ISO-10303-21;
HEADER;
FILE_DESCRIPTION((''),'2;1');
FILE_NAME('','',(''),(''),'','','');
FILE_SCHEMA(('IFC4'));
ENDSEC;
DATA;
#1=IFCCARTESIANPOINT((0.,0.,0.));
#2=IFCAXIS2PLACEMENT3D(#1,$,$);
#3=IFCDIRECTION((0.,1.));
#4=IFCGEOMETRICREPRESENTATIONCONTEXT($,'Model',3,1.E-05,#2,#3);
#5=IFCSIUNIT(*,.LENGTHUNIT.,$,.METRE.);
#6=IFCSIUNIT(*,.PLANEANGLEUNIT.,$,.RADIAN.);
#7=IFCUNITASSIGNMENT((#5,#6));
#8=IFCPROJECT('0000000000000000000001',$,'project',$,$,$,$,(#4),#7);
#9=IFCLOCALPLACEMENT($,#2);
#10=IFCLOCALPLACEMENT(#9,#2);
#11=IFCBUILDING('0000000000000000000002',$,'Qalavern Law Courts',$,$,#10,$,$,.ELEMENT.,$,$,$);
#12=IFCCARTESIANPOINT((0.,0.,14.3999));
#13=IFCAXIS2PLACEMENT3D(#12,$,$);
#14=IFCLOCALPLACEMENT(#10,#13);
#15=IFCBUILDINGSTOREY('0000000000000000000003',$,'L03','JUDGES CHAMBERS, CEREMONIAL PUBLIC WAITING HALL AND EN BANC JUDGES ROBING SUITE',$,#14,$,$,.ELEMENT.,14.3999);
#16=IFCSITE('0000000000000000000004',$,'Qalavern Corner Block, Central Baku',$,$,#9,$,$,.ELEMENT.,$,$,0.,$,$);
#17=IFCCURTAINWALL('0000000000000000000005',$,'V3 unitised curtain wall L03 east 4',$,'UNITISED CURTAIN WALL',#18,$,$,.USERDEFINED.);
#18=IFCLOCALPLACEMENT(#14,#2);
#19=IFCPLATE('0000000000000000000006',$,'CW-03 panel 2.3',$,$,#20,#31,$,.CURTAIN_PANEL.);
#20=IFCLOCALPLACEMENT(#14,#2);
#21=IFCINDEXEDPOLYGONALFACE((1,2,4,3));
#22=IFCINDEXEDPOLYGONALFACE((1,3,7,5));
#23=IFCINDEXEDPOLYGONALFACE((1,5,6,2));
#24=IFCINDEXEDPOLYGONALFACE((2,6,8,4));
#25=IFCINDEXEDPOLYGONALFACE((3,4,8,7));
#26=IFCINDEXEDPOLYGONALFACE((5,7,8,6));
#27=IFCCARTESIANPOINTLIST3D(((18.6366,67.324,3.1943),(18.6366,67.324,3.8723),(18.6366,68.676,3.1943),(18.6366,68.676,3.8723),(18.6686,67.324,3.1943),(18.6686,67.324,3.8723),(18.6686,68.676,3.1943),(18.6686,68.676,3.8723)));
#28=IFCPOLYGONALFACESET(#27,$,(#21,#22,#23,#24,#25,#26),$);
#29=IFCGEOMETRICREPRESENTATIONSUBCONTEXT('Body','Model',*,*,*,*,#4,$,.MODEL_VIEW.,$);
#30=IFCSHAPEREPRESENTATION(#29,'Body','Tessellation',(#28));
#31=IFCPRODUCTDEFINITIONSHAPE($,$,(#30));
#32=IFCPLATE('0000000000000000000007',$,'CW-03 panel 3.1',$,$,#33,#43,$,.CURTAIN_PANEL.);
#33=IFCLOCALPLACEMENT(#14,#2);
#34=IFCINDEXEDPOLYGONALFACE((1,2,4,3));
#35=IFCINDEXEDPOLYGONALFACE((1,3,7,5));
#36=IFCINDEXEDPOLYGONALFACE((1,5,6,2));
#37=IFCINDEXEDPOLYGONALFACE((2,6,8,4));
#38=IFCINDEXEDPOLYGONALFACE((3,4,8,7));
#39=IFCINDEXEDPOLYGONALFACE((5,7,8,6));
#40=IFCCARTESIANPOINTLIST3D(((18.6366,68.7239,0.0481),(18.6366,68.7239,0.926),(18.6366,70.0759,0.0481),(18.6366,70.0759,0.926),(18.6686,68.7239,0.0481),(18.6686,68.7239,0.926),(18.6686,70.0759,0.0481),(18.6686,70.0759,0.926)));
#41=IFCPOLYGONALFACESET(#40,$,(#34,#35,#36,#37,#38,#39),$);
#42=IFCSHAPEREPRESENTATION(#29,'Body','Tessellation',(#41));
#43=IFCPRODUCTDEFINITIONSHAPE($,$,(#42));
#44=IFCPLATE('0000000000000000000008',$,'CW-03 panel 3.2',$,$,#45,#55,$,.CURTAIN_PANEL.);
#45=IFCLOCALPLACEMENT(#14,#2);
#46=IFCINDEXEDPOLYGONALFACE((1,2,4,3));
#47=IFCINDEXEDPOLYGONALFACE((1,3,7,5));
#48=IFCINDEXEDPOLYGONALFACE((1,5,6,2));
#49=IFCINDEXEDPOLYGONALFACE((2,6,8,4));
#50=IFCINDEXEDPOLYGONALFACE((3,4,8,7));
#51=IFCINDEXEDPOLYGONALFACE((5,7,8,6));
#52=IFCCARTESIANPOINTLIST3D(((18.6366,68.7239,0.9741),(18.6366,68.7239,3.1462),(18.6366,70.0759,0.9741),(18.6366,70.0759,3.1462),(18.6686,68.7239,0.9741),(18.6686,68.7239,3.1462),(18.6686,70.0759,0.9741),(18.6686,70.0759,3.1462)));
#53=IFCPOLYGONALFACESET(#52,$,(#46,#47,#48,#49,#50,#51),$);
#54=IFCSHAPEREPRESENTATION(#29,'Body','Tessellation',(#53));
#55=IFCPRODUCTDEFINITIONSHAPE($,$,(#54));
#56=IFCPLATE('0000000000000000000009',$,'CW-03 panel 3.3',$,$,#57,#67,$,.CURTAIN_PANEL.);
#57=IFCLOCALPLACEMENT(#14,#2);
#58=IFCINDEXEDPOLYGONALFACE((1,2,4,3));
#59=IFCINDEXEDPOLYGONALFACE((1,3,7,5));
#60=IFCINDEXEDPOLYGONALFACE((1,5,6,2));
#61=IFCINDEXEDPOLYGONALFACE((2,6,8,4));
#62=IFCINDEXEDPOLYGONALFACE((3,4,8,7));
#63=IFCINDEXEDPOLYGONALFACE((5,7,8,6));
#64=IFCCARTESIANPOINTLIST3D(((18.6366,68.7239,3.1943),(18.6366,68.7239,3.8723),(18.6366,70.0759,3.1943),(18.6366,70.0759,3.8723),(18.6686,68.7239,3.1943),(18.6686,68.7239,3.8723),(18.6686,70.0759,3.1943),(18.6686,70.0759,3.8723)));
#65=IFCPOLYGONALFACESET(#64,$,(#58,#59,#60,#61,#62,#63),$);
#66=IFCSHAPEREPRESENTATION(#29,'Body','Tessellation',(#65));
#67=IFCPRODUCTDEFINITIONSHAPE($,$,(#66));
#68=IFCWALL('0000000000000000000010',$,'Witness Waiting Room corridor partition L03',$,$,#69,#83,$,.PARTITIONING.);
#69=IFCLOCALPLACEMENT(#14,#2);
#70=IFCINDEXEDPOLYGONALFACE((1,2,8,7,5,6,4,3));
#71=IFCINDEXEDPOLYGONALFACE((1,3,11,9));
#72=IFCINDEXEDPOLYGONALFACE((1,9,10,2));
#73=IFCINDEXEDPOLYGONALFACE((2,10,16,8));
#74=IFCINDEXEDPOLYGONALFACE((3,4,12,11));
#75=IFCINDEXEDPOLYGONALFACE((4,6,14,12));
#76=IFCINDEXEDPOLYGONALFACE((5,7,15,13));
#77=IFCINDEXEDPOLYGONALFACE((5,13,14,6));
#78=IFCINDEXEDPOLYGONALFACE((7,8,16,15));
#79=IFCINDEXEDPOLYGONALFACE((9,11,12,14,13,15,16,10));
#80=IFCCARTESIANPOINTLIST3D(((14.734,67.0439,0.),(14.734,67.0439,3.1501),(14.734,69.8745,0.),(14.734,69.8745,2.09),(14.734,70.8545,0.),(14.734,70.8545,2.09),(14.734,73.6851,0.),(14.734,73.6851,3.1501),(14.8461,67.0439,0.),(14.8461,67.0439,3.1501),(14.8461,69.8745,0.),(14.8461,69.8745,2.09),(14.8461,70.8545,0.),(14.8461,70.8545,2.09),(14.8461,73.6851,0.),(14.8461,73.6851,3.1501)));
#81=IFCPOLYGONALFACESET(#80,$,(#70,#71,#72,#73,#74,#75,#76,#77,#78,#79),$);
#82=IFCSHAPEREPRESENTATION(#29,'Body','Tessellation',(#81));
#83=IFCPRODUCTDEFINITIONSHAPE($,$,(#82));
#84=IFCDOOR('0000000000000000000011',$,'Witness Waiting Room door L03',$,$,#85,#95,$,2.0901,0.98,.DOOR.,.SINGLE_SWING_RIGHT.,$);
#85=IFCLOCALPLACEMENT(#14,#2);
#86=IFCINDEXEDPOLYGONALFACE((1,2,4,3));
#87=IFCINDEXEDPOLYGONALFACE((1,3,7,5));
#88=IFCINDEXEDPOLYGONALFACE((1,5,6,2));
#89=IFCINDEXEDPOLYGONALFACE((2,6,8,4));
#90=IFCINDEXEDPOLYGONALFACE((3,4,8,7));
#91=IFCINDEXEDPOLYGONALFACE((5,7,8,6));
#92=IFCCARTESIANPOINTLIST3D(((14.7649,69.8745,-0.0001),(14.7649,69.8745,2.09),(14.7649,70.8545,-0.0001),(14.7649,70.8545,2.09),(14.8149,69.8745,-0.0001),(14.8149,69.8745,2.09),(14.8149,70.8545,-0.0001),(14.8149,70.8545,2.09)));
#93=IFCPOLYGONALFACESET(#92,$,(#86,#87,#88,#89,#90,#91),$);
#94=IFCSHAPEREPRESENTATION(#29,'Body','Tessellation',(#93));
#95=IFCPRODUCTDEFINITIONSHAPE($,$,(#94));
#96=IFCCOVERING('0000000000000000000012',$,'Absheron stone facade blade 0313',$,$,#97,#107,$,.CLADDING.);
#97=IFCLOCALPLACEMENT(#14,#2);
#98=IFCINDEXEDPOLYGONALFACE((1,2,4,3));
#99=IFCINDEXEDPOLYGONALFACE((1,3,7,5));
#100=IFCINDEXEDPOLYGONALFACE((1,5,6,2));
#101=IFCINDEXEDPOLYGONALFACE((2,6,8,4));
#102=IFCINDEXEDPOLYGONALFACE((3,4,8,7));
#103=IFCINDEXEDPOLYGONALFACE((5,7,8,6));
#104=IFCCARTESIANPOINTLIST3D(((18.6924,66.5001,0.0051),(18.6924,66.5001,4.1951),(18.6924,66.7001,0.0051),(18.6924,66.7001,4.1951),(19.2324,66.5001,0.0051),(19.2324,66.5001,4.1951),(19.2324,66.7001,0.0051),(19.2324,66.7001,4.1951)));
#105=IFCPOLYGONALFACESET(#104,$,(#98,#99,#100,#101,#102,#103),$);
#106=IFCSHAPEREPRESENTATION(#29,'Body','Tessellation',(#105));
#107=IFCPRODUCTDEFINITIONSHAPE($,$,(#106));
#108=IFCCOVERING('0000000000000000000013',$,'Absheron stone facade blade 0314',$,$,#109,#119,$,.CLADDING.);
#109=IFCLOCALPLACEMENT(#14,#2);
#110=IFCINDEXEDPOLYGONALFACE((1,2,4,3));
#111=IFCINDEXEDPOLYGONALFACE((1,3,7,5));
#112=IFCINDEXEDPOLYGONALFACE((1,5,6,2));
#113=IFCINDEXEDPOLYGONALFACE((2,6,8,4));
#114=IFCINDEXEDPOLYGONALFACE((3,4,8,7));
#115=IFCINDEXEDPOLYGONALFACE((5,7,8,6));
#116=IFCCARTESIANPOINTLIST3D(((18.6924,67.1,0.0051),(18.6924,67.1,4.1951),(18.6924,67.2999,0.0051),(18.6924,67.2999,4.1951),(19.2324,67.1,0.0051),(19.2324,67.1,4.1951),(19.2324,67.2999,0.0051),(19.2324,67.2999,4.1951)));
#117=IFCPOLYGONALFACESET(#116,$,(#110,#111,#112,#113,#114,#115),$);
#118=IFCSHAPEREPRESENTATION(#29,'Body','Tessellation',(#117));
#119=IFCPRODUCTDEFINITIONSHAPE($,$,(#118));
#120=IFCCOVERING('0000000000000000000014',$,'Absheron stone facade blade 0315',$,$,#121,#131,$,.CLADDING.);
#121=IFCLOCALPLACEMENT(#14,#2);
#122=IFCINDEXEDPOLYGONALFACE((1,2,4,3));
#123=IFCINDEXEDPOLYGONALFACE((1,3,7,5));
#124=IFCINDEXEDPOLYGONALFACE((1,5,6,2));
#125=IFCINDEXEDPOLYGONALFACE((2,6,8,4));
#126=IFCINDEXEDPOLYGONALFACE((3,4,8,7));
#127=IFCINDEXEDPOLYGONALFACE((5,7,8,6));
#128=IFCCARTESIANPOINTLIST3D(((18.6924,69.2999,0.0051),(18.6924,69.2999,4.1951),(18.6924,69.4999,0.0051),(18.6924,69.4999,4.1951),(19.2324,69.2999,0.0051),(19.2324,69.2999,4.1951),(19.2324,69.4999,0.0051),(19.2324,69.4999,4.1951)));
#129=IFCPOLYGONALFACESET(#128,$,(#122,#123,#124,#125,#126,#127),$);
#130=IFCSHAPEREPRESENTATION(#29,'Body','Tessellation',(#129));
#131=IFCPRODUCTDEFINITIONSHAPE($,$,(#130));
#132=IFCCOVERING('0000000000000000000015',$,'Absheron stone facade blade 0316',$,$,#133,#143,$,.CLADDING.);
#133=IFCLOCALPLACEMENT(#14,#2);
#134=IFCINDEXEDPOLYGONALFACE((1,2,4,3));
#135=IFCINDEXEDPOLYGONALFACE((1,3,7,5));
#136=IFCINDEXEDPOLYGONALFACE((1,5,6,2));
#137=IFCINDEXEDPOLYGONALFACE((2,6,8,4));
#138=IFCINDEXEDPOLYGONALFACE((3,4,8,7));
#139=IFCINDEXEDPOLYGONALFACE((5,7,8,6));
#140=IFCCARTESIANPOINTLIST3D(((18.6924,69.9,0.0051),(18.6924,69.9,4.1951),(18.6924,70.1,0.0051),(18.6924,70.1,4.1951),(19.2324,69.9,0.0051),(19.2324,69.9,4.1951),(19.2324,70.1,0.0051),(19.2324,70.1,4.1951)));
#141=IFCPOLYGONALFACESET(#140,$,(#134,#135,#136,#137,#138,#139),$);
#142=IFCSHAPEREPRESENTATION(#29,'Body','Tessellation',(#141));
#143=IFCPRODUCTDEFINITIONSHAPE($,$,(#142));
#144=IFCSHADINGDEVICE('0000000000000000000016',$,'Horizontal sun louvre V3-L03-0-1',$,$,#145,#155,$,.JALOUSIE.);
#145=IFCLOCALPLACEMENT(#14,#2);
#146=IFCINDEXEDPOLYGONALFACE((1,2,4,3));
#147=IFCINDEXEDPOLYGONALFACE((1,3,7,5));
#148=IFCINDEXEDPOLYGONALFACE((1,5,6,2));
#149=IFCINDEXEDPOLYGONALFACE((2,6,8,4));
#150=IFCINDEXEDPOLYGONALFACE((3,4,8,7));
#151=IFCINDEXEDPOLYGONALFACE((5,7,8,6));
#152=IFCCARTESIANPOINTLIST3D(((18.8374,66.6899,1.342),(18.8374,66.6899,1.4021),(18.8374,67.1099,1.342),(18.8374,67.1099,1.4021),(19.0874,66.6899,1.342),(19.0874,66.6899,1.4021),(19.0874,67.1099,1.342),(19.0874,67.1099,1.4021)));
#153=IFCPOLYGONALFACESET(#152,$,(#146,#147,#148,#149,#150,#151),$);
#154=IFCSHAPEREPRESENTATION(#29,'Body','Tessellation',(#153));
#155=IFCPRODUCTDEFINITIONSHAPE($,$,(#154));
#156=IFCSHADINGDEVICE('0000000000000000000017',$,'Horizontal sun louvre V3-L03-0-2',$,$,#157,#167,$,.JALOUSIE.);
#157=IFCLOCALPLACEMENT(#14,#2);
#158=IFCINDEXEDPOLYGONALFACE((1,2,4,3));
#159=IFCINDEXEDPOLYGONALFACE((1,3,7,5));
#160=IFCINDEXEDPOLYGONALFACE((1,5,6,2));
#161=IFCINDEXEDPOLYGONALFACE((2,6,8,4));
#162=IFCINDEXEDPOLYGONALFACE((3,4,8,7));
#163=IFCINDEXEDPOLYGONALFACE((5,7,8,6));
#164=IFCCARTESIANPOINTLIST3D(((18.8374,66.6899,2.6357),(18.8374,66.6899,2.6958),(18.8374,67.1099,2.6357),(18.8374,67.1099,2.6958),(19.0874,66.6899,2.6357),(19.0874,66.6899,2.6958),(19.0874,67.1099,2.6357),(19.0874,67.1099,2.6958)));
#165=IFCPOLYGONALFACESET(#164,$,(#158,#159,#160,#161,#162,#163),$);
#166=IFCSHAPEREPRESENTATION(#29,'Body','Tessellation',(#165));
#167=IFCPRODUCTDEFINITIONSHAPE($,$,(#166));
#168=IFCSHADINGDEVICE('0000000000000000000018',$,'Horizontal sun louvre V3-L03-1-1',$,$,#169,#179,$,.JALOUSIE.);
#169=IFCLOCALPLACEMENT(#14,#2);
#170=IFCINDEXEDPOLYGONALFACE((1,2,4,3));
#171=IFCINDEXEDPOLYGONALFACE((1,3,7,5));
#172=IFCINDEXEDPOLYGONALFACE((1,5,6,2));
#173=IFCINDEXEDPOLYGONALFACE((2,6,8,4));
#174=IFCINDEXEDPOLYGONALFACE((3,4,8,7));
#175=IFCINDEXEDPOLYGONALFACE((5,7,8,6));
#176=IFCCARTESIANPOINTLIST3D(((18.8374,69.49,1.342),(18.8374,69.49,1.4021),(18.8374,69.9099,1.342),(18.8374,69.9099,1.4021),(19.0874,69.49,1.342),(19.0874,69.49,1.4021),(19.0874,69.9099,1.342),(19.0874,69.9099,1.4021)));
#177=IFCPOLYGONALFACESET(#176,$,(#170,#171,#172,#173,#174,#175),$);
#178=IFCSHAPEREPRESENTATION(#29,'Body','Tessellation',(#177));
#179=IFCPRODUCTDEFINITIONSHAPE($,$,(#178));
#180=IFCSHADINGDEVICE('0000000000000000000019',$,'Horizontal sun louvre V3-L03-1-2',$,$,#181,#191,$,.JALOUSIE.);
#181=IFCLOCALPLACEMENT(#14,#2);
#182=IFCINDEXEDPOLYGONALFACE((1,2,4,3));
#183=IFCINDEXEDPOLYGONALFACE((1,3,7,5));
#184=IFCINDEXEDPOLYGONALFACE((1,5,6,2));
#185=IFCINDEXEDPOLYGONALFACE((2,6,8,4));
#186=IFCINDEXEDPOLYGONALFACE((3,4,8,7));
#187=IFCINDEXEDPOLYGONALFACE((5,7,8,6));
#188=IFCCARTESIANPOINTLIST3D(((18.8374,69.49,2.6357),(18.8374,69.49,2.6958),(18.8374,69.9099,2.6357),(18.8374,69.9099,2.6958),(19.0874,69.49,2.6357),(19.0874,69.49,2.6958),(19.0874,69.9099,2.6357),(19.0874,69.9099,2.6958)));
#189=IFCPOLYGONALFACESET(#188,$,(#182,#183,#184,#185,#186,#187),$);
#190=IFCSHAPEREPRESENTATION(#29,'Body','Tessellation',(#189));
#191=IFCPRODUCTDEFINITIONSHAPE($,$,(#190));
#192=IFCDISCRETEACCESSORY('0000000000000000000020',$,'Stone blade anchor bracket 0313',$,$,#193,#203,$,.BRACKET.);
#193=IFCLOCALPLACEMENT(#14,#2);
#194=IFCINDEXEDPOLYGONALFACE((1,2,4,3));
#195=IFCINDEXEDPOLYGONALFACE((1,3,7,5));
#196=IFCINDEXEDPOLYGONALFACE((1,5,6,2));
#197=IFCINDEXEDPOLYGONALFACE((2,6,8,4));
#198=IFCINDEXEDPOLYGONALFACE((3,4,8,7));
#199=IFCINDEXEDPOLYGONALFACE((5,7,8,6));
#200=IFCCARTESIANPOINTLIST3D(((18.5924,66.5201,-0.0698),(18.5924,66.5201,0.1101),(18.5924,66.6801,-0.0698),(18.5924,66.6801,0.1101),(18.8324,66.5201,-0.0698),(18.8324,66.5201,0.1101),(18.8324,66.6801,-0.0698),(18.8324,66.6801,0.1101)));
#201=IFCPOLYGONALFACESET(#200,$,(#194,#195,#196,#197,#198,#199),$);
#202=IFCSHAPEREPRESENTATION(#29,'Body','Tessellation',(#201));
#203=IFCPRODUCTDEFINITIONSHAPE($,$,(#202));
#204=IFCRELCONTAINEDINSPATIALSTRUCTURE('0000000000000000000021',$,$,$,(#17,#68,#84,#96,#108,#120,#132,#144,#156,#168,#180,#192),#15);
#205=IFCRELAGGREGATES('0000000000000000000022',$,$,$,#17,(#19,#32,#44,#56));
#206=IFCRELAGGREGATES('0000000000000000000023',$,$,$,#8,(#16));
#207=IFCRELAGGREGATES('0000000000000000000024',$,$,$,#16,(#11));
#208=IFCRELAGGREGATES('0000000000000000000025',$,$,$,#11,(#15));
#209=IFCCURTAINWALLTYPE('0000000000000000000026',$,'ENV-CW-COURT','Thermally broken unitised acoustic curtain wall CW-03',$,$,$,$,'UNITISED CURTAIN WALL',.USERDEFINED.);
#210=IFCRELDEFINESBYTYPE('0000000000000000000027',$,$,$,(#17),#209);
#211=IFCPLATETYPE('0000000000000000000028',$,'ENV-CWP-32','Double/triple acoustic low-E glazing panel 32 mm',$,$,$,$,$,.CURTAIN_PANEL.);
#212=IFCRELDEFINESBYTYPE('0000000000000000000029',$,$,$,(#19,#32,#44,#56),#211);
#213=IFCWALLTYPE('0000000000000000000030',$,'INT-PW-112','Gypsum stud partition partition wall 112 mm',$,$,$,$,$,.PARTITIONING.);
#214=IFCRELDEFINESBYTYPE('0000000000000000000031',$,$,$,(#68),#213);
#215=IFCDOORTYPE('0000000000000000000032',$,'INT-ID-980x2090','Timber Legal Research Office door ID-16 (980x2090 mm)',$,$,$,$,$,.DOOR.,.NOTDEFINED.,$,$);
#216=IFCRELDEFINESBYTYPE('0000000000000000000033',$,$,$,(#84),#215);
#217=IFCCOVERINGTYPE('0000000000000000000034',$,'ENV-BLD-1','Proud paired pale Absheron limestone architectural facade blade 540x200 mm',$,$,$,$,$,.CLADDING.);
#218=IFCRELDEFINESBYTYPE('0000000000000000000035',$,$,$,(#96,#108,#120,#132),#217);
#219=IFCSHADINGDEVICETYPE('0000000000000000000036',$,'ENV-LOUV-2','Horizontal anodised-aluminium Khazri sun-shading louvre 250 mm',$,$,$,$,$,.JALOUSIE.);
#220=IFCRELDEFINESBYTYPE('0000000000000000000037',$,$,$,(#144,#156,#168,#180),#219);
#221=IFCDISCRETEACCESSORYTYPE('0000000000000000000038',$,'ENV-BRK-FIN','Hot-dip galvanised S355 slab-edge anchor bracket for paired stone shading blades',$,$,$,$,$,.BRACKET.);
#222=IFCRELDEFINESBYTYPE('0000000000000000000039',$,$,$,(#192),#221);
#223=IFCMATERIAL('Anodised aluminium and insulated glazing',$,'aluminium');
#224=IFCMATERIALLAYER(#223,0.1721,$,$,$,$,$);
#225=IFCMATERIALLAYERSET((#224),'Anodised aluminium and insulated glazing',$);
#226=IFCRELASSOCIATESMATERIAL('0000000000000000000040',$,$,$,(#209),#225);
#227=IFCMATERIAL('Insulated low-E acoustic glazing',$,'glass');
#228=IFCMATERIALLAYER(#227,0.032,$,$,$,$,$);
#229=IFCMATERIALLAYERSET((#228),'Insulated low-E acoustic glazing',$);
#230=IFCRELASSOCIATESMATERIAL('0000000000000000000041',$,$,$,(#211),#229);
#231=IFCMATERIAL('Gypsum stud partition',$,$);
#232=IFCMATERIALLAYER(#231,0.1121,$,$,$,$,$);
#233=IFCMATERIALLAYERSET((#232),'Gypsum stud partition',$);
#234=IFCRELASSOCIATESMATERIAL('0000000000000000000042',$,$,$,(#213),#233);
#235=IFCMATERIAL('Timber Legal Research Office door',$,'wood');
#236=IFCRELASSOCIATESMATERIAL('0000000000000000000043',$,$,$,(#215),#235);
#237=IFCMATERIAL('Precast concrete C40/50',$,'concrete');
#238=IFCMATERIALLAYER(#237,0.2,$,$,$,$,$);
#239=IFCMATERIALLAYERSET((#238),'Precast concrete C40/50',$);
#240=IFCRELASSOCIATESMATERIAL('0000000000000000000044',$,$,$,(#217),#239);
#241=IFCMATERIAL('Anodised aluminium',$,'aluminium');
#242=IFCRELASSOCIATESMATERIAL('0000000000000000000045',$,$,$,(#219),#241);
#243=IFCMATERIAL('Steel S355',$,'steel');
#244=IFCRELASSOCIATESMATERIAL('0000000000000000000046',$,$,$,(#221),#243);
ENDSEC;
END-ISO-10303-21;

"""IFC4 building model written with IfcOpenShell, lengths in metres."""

from ifc_helpers import new_model, si_unit, direction, frame, frame_2d, origin, origin_2d, place, context, subcontext, project, spatial, rectangle, extrude, material, layer, layer_set, type_object, element, fill, aggregate, save


model = new_model("IFC4")

# Units and contexts
model_context = context("Model", 3, precision=1e-05, world=origin(), true_north=direction((0.0, 1.0)))
body_context = subcontext(model_context, "Body", "Model", "MODEL_VIEW")
ifc_project = project(units=[si_unit("LENGTHUNIT", "METRE"), si_unit("PLANEANGLEUNIT", "RADIAN")], contexts=[model_context])

# Site, building, storey
site_placement = place(None, origin())
site = spatial("IfcSite", under=ifc_project, at=site_placement, Name="Qalavern Corner Block, Central Baku", CompositionType="ELEMENT", RefElevation=0.0)
building_placement = place(site_placement, origin())
building = spatial("IfcBuilding", under=site, at=building_placement, Name="Qalavern Law Courts", CompositionType="ELEMENT")
storey_placement = place(building_placement, frame((0.0, 0.0, 14.3999)))
storey = spatial("IfcBuildingStorey", under=building, at=storey_placement, Name="L03", Description="JUDGES CHAMBERS, CEREMONIAL PUBLIC WAITING HALL AND EN BANC JUDGES ROBING SUITE", CompositionType="ELEMENT", Elevation=14.3999)

# Curtain wall
ifc_material_1 = material(Name="Anodised aluminium and insulated glazing", Category="aluminium")
ifc_layer_1 = layer(ifc_material_1, 0.1721)
ifc_layer_set_1 = layer_set([ifc_layer_1], Name="Anodised aluminium and insulated glazing")
curtain_wall_type = type_object("IfcCurtainWallType", Name="ENV-CW-COURT", Description="Thermally broken unitised acoustic curtain wall CW-03", ElementType="UNITISED CURTAIN WALL", PredefinedType="USERDEFINED", material=ifc_layer_set_1)
curtain_wall_placement = place(storey_placement, origin())
curtain_wall = element("IfcCurtainWall", 1, at=curtain_wall_placement, inside=storey, type_object=curtain_wall_type, Name="V3 unitised curtain wall L03 east 4", ObjectType="UNITISED CURTAIN WALL", PredefinedType="USERDEFINED")
ifc_material_2 = material(Name="Anodised aluminium", Category="aluminium")

# Shared definitions
ifc_material_3 = material(Name="Steel S355", Category="steel")

# Plates
ifc_material_4 = material(Name="Insulated low-E acoustic glazing", Category="glass")
ifc_layer_2 = layer(ifc_material_4, 0.032)
ifc_layer_set_2 = layer_set([ifc_layer_2], Name="Insulated low-E acoustic glazing")
plate_type = type_object("IfcPlateType", Name="ENV-CWP-32", Description="Double/triple acoustic low-E glazing panel 32 mm", PredefinedType="CURTAIN_PANEL", material=ifc_layer_set_2)
plate_1_placement = place(storey_placement, frame((18.6526, 68.0, 3.1943), z_axis=(0.0, 0.0, 1.0), x_axis=(0.0, 1.0, 0.0)))
plate_1 = element("IfcPlate", 2, at=plate_1_placement, type_object=plate_type, Name="CW-03 panel 2.3", PredefinedType="CURTAIN_PANEL", context=body_context, shape_type="SweptSolid", body=[
    extrude(rectangle(XDim=1.3521, YDim=0.032, at=origin_2d()), origin(), (0.0, 0.0, 1.0), 0.678),
])
plate_2_placement = place(storey_placement, frame((18.6526, 69.3999, 0.0481), z_axis=(0.0, 0.0, 1.0), x_axis=(0.0, 1.0, 0.0)))
plate_2 = element("IfcPlate", 3, at=plate_2_placement, type_object=plate_type, Name="CW-03 panel 3.1", PredefinedType="CURTAIN_PANEL", context=body_context, shape_type="SweptSolid", body=[
    extrude(rectangle(XDim=1.3521, YDim=0.032, at=origin_2d()), origin(), (0.0, 0.0, 1.0), 0.8779),
])
plate_3_placement = place(storey_placement, frame((18.6526, 69.3999, 0.9741), z_axis=(0.0, 0.0, 1.0), x_axis=(0.0, 1.0, 0.0)))
plate_3 = element("IfcPlate", 4, at=plate_3_placement, type_object=plate_type, Name="CW-03 panel 3.2", PredefinedType="CURTAIN_PANEL", context=body_context, shape_type="SweptSolid", body=[
    extrude(rectangle(XDim=1.3521, YDim=0.032, at=origin_2d()), origin(), (0.0, 0.0, 1.0), 2.1721),
])
plate_4_placement = place(storey_placement, frame((18.6526, 69.3999, 3.1943), z_axis=(0.0, 0.0, 1.0), x_axis=(0.0, 1.0, 0.0)))
plate_4 = element("IfcPlate", 5, at=plate_4_placement, type_object=plate_type, Name="CW-03 panel 3.3", PredefinedType="CURTAIN_PANEL", context=body_context, shape_type="SweptSolid", body=[
    extrude(rectangle(XDim=1.3521, YDim=0.032, at=origin_2d()), origin(), (0.0, 0.0, 1.0), 0.678),
])
aggregate(curtain_wall, [plate_1, plate_2, plate_3, plate_4])

# Wall, opening, door
ifc_material_5 = material(Name="Gypsum stud partition")
ifc_layer_3 = layer(ifc_material_5, 0.1121)
ifc_layer_set_3 = layer_set([ifc_layer_3], Name="Gypsum stud partition")
wall_type = type_object("IfcWallType", Name="INT-PW-112", Description="Gypsum stud partition partition wall 112 mm", PredefinedType="PARTITIONING", material=ifc_layer_set_3)
wall_placement = place(storey_placement, frame((14.79, 67.0439, 0.0), z_axis=(0.0, 0.0, 1.0), x_axis=(0.0, 1.0, 0.0)))
wall = element("IfcWall", 6, at=wall_placement, inside=storey, type_object=wall_type, Name="Witness Waiting Room corridor partition L03", PredefinedType="PARTITIONING", context=body_context, shape_type="SweptSolid", body=[
    extrude(rectangle(XDim=6.6411, YDim=0.1121, at=frame_2d((3.3206, 0.0))), origin(), (0.0, 0.0, 1.0), 3.1501),
])
opening_placement = place(wall_placement, frame((2.8306, 0.0, 0.0)))
opening = element("IfcOpeningElement", 7, at=opening_placement, cuts=wall, PredefinedType="OPENING", context=body_context, shape_type="SweptSolid", body=[
    extrude(rectangle(XDim=0.98, YDim=2.0901, at=frame_2d((0.49, 1.0449))), frame((0.0, 0.0708, 0.0), z_axis=(0.0, -1.0, 0.0), x_axis=(1.0, 0.0, 0.0)), (0.0, 0.0, 1.0), 0.1418),
])
ifc_material_6 = material(Name="Timber Legal Research Office door", Category="wood")
door_type = type_object("IfcDoorType", Name="INT-ID-980x2090", Description="Timber Legal Research Office door ID-16 (980x2090 mm)", OperationType="NOTDEFINED", PredefinedType="DOOR", material=ifc_material_6)
door_placement = place(opening_placement, frame((0.98, 0.0, 0.0), z_axis=(0.0, 0.0, 1.0), x_axis=(-1.0, 0.0, 0.0)))
door = element("IfcDoor", 8, at=door_placement, inside=storey, type_object=door_type, Name="Witness Waiting Room door L03", OperationType="SINGLE_SWING_RIGHT", OverallHeight=2.0901, OverallWidth=0.98, PredefinedType="DOOR", context=body_context, shape_type="SweptSolid", body=[
    extrude(rectangle(XDim=0.98, YDim=2.0901, at=frame_2d((0.49, 1.0449))), frame((0.0, 0.0249, 0.0), z_axis=(0.0, -1.0, 0.0), x_axis=(1.0, 0.0, 0.0)), (0.0, 0.0, 1.0), 0.05),
])
fill(opening, door)

# Coverings
ifc_material_7 = material(Name="Precast concrete C40/50", Category="concrete")
ifc_layer_4 = layer(ifc_material_7, 0.2)
ifc_layer_set_4 = layer_set([ifc_layer_4], Name="Precast concrete C40/50")
covering_type = type_object("IfcCoveringType", Name="ENV-BLD-1", Description="Proud paired pale Absheron limestone architectural facade blade 540x200 mm", PredefinedType="CLADDING", material=ifc_layer_set_4)
for number, where, z_axis, x_axis, name in (
    (9, (18.9624, 66.6001, 0.0051), (0.0, 0.0, 1.0), (1.0, 0.0, 0.0), "Absheron stone facade blade 0313"),
    (10, (18.9624, 67.2, 0.0051), (0.0, 0.0, 1.0), (1.0, 0.0, 0.0), "Absheron stone facade blade 0314"),
    (11, (18.9624, 69.3999, 0.0051), (0.0, 0.0, 1.0), (1.0, 0.0, 0.0), "Absheron stone facade blade 0315"),
    (12, (18.9624, 70.0, 0.0051), (0.0, 0.0, 1.0), (1.0, 0.0, 0.0), "Absheron stone facade blade 0316"),
):
    element("IfcCovering", number, at=place(storey_placement, frame(where, z_axis=z_axis, x_axis=x_axis)), inside=storey, type_object=covering_type, Name=name, PredefinedType="CLADDING", context=body_context, shape_type="SweptSolid", body=[
        extrude(rectangle(XDim=0.54, YDim=0.2, at=origin_2d()), origin(), (0.0, 0.0, 1.0), 4.1899),
    ])

# Shading devices
shading_device_type = type_object("IfcShadingDeviceType", Name="ENV-LOUV-2", Description="Horizontal anodised-aluminium Khazri sun-shading louvre 250 mm", PredefinedType="JALOUSIE", material=ifc_material_2)
for number, where, z_axis, x_axis, name in (
    (13, (18.9624, 66.8999, 1.342), (0.0, 0.0, 1.0), (0.0, 1.0, 0.0), "Horizontal sun louvre V3-L03-0-1"),
    (14, (18.9624, 66.8999, 2.6357), (0.0, 0.0, 1.0), (0.0, 1.0, 0.0), "Horizontal sun louvre V3-L03-0-2"),
    (15, (18.9624, 69.7, 1.342), (0.0, 0.0, 1.0), (0.0, 1.0, 0.0), "Horizontal sun louvre V3-L03-1-1"),
    (16, (18.9624, 69.7, 2.6357), (0.0, 0.0, 1.0), (0.0, 1.0, 0.0), "Horizontal sun louvre V3-L03-1-2"),
):
    element("IfcShadingDevice", number, at=place(storey_placement, frame(where, z_axis=z_axis, x_axis=x_axis)), inside=storey, type_object=shading_device_type, Name=name, PredefinedType="JALOUSIE", context=body_context, shape_type="SweptSolid", body=[
        extrude(rectangle(XDim=0.4199, YDim=0.25, at=origin_2d()), origin(), (0.0, 0.0, 1.0), 0.0601),
    ])

# Discrete accessory
discrete_accessory_type = type_object("IfcDiscreteAccessoryType", Name="ENV-BRK-FIN", Description="Hot-dip galvanised S355 slab-edge anchor bracket for paired stone shading blades", PredefinedType="BRACKET", material=ifc_material_3)
for number, where, z_axis, x_axis, name in (
    (17, (18.7124, 66.6001, -0.0698), (0.0, 0.0, 1.0), (1.0, 0.0, 0.0), "Stone blade anchor bracket 0313"),
):
    element("IfcDiscreteAccessory", number, at=place(storey_placement, frame(where, z_axis=z_axis, x_axis=x_axis)), inside=storey, type_object=discrete_accessory_type, Name=name, PredefinedType="BRACKET", context=body_context, shape_type="SweptSolid", body=[
        extrude(rectangle(XDim=0.24, YDim=0.1599, at=origin_2d()), origin(), (0.0, 0.0, 1.0), 0.1799),
    ])

save(model, "model.ifc")
